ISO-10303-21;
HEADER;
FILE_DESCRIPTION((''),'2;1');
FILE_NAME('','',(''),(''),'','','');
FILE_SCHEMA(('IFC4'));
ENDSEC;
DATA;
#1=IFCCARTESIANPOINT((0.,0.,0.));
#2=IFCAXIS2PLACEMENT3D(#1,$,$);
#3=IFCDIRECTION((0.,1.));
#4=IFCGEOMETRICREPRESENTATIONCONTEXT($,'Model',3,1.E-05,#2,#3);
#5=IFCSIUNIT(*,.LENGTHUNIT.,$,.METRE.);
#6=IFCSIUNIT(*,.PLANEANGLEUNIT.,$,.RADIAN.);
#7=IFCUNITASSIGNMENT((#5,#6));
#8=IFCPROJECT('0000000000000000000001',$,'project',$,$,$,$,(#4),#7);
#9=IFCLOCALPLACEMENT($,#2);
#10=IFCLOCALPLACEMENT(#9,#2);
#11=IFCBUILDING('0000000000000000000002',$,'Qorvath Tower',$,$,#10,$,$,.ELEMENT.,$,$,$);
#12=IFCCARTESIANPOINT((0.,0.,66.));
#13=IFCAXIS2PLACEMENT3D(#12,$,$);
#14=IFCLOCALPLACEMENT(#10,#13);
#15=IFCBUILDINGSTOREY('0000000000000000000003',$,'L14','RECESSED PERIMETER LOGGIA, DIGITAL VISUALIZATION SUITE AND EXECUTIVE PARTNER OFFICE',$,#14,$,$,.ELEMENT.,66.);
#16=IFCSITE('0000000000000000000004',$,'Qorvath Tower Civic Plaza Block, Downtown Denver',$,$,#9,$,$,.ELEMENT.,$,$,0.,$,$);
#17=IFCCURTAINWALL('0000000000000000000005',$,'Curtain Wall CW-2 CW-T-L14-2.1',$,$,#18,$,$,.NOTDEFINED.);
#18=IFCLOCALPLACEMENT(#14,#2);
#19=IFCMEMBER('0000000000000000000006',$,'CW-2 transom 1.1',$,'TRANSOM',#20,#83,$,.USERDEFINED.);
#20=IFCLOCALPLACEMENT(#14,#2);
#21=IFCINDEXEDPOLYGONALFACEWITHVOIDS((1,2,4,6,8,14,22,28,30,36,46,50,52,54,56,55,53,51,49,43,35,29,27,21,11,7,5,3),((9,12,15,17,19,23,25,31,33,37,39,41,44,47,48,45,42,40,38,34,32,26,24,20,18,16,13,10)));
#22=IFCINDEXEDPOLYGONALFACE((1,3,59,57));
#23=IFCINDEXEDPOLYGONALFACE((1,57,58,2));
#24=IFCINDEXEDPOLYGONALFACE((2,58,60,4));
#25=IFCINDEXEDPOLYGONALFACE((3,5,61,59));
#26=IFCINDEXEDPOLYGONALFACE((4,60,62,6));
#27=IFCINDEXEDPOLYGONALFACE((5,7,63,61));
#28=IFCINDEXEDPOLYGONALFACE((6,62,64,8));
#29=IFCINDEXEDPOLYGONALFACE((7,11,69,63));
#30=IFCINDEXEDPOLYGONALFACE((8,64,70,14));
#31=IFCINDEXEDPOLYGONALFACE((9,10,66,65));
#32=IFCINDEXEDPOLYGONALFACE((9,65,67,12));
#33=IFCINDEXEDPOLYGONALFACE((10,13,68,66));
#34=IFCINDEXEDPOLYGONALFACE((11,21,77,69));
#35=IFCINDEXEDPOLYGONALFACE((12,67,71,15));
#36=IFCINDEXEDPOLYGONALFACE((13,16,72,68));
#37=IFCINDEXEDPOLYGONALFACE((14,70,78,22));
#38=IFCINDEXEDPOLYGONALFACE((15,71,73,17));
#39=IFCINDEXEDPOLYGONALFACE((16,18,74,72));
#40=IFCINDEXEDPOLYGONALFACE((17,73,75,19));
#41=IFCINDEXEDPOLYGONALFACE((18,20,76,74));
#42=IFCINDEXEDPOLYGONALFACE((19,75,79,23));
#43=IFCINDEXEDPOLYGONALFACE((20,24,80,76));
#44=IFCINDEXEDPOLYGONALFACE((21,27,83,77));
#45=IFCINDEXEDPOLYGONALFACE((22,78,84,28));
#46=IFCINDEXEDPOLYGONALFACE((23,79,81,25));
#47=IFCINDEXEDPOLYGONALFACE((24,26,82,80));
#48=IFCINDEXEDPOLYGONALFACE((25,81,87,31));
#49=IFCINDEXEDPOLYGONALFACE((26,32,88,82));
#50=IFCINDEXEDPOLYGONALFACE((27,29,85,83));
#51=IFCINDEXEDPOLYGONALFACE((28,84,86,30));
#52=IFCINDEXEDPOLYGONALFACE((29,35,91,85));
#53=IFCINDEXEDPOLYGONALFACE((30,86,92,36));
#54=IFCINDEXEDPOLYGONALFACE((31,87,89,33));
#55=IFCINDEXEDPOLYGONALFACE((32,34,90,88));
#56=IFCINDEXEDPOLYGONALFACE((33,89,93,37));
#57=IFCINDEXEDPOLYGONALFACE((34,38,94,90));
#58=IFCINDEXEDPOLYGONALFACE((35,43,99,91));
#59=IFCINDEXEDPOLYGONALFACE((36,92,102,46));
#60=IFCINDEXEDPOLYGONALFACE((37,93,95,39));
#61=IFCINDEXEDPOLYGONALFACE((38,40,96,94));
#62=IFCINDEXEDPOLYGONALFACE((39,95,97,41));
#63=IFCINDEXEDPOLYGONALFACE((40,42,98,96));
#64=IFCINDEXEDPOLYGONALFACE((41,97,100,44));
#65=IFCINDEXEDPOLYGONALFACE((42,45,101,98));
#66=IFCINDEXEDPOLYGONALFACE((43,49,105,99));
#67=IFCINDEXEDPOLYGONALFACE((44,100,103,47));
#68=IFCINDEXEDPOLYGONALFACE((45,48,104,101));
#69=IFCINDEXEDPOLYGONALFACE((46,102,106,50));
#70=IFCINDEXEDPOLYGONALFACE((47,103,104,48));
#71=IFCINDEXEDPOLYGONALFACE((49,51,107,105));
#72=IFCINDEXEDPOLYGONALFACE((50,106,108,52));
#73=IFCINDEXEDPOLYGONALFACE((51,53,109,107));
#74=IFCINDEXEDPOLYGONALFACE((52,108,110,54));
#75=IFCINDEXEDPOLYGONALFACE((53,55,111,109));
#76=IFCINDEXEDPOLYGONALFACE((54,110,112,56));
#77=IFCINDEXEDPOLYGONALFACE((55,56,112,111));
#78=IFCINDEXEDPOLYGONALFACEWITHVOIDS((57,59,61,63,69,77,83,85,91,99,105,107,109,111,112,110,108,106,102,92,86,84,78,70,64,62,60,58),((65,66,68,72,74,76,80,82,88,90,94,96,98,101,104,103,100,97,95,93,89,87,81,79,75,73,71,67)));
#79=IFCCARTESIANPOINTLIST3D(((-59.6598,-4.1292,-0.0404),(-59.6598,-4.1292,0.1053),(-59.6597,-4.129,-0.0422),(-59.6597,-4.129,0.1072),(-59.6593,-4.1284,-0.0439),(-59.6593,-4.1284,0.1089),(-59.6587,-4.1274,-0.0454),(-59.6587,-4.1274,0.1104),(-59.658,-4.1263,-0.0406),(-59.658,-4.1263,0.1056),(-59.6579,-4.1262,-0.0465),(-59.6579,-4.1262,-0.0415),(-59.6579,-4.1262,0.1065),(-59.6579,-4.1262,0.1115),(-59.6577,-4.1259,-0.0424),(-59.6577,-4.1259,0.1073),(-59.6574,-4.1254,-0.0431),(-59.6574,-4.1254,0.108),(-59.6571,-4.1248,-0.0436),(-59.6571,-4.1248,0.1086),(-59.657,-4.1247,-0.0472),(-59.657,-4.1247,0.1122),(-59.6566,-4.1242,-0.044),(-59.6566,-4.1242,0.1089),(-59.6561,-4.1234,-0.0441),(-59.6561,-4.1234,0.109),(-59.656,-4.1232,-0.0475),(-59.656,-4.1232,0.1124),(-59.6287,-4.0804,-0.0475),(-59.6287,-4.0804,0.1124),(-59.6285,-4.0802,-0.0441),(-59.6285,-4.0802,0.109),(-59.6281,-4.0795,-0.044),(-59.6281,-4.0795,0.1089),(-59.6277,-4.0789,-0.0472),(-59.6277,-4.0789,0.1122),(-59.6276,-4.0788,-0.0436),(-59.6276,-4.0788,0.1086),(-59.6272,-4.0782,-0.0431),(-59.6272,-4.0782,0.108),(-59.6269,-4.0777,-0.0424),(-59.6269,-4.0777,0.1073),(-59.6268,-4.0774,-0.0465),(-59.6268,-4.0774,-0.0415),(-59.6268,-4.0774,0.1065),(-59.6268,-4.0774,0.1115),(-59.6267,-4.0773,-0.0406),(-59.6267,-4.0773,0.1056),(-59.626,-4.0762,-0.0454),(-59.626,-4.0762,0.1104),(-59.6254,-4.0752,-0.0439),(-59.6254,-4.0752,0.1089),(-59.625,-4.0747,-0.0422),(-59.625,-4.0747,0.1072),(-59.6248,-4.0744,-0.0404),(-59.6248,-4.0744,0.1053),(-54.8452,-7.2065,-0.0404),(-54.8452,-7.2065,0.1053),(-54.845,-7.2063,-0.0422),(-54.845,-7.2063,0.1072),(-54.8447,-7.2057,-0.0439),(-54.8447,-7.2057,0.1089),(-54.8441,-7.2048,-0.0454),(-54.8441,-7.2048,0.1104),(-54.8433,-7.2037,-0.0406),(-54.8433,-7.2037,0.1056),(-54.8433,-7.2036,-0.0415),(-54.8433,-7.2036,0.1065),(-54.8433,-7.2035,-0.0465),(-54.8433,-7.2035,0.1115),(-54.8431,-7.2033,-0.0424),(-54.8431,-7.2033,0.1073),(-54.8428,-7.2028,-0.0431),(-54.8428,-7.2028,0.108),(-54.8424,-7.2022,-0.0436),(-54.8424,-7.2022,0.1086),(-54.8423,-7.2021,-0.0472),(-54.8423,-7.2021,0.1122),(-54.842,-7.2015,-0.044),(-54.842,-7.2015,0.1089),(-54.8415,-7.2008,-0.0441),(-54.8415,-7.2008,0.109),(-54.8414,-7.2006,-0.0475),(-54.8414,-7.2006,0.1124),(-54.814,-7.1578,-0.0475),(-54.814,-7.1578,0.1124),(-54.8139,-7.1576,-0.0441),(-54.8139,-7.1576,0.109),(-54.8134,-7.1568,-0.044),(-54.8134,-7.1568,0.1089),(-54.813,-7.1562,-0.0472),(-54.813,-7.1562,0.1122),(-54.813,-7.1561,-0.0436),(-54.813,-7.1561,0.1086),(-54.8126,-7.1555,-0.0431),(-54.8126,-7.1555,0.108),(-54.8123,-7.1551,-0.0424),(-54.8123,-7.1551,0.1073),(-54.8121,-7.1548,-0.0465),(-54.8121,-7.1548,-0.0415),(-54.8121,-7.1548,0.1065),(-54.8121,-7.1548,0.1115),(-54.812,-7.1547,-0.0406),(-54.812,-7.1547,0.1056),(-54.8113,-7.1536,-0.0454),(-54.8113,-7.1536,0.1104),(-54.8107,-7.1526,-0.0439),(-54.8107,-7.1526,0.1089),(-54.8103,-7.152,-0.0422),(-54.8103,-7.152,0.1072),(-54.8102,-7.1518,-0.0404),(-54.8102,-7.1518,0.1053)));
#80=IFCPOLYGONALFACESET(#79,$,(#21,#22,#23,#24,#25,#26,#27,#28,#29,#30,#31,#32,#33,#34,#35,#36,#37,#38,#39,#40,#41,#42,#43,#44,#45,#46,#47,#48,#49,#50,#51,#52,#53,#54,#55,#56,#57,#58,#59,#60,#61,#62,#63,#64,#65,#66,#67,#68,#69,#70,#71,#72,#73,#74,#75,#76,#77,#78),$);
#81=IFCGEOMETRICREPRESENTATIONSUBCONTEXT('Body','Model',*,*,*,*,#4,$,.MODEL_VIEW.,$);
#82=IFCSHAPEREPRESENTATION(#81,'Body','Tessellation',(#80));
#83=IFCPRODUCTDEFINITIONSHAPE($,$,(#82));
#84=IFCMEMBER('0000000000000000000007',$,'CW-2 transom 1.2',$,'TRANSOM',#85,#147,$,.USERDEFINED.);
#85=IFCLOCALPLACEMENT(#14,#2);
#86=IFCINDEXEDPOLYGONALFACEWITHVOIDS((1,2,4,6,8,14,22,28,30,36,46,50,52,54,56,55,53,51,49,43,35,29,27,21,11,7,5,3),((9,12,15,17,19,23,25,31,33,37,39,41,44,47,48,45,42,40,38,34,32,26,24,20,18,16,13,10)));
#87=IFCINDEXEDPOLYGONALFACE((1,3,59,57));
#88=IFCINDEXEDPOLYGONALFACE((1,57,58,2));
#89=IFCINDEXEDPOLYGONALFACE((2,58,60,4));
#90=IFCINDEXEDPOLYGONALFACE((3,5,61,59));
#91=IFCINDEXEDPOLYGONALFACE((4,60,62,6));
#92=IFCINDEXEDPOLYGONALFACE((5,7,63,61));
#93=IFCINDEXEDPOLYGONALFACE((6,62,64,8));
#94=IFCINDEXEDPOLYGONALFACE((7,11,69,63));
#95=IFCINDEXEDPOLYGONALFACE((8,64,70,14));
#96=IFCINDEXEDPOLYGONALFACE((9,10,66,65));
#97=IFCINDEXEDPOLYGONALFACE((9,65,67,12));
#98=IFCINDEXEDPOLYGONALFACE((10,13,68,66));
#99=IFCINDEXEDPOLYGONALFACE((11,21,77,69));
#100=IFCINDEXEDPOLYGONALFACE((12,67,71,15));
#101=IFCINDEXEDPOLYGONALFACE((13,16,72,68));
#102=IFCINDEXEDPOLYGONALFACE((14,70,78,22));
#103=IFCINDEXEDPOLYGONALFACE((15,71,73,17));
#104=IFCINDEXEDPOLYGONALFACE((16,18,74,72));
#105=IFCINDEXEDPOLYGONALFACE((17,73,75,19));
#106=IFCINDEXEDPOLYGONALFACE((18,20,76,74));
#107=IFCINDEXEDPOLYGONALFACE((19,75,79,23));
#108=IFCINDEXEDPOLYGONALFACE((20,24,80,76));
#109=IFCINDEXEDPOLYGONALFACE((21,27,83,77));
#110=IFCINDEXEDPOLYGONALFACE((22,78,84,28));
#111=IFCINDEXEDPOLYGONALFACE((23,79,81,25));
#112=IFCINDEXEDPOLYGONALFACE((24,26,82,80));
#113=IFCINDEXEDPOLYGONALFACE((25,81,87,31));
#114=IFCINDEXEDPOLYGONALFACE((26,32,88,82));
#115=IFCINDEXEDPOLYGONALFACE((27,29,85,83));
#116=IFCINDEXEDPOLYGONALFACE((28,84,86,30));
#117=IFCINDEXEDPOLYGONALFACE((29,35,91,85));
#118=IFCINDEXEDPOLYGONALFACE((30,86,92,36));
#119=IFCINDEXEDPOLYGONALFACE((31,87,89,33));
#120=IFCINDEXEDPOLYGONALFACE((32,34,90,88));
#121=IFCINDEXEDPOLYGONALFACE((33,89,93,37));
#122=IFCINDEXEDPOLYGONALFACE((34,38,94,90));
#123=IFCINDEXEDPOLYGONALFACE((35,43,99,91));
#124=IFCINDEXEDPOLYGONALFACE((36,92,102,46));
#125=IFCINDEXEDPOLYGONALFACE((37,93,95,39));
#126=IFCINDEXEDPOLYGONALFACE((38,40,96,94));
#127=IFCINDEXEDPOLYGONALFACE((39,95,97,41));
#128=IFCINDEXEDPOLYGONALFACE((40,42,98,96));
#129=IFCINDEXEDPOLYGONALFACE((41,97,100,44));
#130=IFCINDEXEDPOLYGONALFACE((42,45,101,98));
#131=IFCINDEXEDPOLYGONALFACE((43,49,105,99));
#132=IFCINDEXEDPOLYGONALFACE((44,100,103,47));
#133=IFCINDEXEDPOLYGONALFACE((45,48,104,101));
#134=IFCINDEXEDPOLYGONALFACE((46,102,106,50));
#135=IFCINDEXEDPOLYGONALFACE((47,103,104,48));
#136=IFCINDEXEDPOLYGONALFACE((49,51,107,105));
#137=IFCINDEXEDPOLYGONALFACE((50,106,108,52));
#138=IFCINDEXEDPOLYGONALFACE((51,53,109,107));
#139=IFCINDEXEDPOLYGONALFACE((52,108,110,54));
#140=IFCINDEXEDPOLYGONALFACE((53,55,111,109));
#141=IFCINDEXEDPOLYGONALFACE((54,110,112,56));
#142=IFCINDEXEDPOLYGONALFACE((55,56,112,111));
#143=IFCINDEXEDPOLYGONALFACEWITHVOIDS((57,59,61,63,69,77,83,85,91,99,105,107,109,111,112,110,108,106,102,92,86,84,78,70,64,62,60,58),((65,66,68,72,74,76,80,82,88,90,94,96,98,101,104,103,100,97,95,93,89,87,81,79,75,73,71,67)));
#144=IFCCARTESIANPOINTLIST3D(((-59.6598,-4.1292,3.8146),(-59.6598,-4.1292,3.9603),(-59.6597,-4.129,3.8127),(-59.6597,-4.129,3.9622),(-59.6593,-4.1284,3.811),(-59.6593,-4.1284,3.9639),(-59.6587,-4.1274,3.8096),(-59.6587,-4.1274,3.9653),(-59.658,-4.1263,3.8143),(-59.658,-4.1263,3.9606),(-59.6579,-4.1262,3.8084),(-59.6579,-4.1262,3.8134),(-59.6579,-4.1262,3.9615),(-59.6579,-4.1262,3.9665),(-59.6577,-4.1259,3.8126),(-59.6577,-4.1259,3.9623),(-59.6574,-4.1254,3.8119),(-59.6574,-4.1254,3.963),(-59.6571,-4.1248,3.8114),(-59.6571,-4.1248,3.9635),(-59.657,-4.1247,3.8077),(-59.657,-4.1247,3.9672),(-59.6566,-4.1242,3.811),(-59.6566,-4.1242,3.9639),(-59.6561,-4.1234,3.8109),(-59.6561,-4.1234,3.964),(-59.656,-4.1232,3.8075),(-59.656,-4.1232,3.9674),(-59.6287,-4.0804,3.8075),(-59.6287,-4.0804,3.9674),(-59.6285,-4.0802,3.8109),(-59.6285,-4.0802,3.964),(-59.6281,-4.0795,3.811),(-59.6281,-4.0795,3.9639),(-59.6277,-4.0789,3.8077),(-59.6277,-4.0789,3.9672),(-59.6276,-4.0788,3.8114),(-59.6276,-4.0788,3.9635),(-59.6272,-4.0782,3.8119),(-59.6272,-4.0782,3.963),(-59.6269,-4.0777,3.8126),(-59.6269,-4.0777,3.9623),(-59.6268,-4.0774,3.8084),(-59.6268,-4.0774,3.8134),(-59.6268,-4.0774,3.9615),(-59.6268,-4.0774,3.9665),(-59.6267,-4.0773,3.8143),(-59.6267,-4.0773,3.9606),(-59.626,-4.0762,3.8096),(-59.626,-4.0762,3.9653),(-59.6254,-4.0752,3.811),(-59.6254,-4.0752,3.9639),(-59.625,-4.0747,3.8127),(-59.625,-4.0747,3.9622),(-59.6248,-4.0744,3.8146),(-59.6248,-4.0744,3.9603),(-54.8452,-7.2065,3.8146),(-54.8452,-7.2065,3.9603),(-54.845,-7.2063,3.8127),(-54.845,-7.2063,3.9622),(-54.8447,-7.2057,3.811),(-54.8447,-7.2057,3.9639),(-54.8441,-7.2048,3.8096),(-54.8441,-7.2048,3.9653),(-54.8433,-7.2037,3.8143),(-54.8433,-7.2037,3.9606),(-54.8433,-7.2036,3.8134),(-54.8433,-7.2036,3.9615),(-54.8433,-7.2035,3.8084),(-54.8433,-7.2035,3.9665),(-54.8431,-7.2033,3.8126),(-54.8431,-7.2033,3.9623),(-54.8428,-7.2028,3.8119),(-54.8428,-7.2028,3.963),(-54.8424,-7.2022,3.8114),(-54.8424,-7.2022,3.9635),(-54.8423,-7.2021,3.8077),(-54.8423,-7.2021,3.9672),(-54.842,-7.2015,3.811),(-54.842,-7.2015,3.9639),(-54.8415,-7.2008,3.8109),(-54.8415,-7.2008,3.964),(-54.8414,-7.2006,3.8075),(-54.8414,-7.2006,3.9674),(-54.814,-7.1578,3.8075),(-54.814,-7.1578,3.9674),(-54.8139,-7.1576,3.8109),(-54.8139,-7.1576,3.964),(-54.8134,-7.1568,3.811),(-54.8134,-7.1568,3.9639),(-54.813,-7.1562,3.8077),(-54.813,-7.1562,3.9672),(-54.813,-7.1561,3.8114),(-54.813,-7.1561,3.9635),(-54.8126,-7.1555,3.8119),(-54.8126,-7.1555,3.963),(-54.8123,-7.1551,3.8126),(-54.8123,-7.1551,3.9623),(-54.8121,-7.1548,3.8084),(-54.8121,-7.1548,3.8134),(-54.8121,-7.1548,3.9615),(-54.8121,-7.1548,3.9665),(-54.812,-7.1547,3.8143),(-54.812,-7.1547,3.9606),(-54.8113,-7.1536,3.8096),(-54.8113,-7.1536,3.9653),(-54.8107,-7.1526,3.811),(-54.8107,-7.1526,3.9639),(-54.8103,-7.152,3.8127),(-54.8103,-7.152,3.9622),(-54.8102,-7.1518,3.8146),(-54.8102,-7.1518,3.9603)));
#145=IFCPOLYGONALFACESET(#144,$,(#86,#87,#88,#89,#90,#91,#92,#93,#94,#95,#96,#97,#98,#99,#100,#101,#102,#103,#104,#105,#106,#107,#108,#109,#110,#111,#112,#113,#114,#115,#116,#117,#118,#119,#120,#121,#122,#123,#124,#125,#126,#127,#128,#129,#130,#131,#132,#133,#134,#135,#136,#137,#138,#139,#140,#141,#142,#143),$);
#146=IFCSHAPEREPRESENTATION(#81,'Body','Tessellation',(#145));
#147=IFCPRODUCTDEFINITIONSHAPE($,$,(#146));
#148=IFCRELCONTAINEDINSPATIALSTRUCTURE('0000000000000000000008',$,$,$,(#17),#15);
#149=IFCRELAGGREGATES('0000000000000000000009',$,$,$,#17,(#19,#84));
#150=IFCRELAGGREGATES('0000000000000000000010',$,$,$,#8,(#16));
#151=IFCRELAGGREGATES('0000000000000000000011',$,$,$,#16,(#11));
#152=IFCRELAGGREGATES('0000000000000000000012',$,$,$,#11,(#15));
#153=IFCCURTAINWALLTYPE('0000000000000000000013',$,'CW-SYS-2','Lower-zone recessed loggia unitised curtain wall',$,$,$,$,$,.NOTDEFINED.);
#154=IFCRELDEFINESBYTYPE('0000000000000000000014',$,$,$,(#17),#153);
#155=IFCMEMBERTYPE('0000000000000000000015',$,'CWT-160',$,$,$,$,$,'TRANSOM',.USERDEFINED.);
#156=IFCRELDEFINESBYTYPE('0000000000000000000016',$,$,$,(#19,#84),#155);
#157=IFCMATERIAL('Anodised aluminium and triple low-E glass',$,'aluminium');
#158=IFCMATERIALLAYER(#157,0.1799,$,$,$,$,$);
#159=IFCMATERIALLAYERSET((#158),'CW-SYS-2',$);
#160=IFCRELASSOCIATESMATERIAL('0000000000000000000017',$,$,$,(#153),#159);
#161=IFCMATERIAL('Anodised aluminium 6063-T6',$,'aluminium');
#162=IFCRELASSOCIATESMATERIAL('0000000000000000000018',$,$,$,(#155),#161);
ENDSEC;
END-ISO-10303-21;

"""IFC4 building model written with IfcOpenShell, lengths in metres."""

from ifc_helpers import new_model, si_unit, direction, frame, origin, origin_2d, place, context, subcontext, project, spatial, hollow_rectangle, extrude, material, layer, layer_set, material_profile, profile_set, type_object, element, aggregate, save


model = new_model("IFC4")

# Units and contexts
model_context = context("Model", 3, precision=1e-05, world=origin(), true_north=direction((0.0, 1.0)))
body_context = subcontext(model_context, "Body", "Model", "MODEL_VIEW")
ifc_project = project(units=[si_unit("LENGTHUNIT", "METRE"), si_unit("PLANEANGLEUNIT", "RADIAN")], contexts=[model_context])

# Site, building, storey
site_placement = place(None, origin())
site = spatial("IfcSite", under=ifc_project, at=site_placement, Name="Qorvath Tower Civic Plaza Block, Downtown Denver", CompositionType="ELEMENT", RefElevation=0.0)
building_placement = place(site_placement, origin())
building = spatial("IfcBuilding", under=site, at=building_placement, Name="Qorvath Tower", CompositionType="ELEMENT")
storey_placement = place(building_placement, frame((0.0, 0.0, 66.0)))
storey = spatial("IfcBuildingStorey", under=building, at=storey_placement, Name="L14", Description="RECESSED PERIMETER LOGGIA, DIGITAL VISUALIZATION SUITE AND EXECUTIVE PARTNER OFFICE", CompositionType="ELEMENT", Elevation=66.0)

# Curtain wall, members
ifc_material_1 = material(Name="Anodised aluminium and triple low-E glass", Category="aluminium")
ifc_layer_1 = layer(ifc_material_1, 0.1799)
ifc_layer_set_1 = layer_set([ifc_layer_1], Name="CW-SYS-2")
curtain_wall_type = type_object("IfcCurtainWallType", Name="CW-SYS-2", Description="Lower-zone recessed loggia unitised curtain wall", PredefinedType="NOTDEFINED", material=ifc_layer_set_1)
curtain_wall_placement = place(storey_placement, origin())
curtain_wall = element("IfcCurtainWall", 1, at=curtain_wall_placement, inside=storey, type_object=curtain_wall_type, Name="Curtain Wall CW-2 CW-T-L14-2.1", PredefinedType="NOTDEFINED")
ifc_material_2 = material(Name="Anodised aluminium 6063-T6", Category="aluminium")
ifc_material_profile_1 = material_profile(ifc_material_2, hollow_rectangle(XDim=0.0649, YDim=0.1599, WallThickness=0.0034, InnerFilletRadius=0.0034, OuterFilletRadius=0.0071, at=origin_2d()), Name="CWT 160x65")
ifc_profile_set_1 = profile_set([ifc_material_profile_1], Name="Anodised aluminium 6063-T6")
member_type_1 = type_object("IfcMemberType", Name="CWT-160", ElementType="TRANSOM", PredefinedType="USERDEFINED", material=ifc_profile_set_1)
member_1_placement = place(storey_placement, frame((-59.6423, -4.1018, 0.0325), z_axis=(0.84259, -0.538555, 0.0), x_axis=(0.538555, 0.84259, 0.0)))
member_1 = element("IfcMember", 2, at=member_1_placement, type_object=member_type_1, Name="CW-2 transom 1.1", ObjectType="TRANSOM", PredefinedType="USERDEFINED", context=body_context, shape_type="SweptSolid", body=[
    extrude(hollow_rectangle(XDim=0.0649, YDim=0.1599, WallThickness=0.0034, InnerFilletRadius=0.0034, OuterFilletRadius=0.0071, at=origin_2d()), origin(), (0.0, 0.0, 1.0), 5.7141),
])
member_2_placement = place(storey_placement, frame((-59.6423, -4.1018, 3.8875), z_axis=(0.84259, -0.538555, 0.0), x_axis=(0.538555, 0.84259, 0.0)))
member_2 = element("IfcMember", 3, at=member_2_placement, type_object=member_type_1, Name="CW-2 transom 1.2", ObjectType="TRANSOM", PredefinedType="USERDEFINED", context=body_context, shape_type="SweptSolid", body=[
    extrude(hollow_rectangle(XDim=0.0649, YDim=0.1599, WallThickness=0.0034, InnerFilletRadius=0.0034, OuterFilletRadius=0.0071, at=origin_2d()), origin(), (0.0, 0.0, 1.0), 5.7141),
])
aggregate(curtain_wall, [member_1, member_2])

save(model, "model.ifc")
